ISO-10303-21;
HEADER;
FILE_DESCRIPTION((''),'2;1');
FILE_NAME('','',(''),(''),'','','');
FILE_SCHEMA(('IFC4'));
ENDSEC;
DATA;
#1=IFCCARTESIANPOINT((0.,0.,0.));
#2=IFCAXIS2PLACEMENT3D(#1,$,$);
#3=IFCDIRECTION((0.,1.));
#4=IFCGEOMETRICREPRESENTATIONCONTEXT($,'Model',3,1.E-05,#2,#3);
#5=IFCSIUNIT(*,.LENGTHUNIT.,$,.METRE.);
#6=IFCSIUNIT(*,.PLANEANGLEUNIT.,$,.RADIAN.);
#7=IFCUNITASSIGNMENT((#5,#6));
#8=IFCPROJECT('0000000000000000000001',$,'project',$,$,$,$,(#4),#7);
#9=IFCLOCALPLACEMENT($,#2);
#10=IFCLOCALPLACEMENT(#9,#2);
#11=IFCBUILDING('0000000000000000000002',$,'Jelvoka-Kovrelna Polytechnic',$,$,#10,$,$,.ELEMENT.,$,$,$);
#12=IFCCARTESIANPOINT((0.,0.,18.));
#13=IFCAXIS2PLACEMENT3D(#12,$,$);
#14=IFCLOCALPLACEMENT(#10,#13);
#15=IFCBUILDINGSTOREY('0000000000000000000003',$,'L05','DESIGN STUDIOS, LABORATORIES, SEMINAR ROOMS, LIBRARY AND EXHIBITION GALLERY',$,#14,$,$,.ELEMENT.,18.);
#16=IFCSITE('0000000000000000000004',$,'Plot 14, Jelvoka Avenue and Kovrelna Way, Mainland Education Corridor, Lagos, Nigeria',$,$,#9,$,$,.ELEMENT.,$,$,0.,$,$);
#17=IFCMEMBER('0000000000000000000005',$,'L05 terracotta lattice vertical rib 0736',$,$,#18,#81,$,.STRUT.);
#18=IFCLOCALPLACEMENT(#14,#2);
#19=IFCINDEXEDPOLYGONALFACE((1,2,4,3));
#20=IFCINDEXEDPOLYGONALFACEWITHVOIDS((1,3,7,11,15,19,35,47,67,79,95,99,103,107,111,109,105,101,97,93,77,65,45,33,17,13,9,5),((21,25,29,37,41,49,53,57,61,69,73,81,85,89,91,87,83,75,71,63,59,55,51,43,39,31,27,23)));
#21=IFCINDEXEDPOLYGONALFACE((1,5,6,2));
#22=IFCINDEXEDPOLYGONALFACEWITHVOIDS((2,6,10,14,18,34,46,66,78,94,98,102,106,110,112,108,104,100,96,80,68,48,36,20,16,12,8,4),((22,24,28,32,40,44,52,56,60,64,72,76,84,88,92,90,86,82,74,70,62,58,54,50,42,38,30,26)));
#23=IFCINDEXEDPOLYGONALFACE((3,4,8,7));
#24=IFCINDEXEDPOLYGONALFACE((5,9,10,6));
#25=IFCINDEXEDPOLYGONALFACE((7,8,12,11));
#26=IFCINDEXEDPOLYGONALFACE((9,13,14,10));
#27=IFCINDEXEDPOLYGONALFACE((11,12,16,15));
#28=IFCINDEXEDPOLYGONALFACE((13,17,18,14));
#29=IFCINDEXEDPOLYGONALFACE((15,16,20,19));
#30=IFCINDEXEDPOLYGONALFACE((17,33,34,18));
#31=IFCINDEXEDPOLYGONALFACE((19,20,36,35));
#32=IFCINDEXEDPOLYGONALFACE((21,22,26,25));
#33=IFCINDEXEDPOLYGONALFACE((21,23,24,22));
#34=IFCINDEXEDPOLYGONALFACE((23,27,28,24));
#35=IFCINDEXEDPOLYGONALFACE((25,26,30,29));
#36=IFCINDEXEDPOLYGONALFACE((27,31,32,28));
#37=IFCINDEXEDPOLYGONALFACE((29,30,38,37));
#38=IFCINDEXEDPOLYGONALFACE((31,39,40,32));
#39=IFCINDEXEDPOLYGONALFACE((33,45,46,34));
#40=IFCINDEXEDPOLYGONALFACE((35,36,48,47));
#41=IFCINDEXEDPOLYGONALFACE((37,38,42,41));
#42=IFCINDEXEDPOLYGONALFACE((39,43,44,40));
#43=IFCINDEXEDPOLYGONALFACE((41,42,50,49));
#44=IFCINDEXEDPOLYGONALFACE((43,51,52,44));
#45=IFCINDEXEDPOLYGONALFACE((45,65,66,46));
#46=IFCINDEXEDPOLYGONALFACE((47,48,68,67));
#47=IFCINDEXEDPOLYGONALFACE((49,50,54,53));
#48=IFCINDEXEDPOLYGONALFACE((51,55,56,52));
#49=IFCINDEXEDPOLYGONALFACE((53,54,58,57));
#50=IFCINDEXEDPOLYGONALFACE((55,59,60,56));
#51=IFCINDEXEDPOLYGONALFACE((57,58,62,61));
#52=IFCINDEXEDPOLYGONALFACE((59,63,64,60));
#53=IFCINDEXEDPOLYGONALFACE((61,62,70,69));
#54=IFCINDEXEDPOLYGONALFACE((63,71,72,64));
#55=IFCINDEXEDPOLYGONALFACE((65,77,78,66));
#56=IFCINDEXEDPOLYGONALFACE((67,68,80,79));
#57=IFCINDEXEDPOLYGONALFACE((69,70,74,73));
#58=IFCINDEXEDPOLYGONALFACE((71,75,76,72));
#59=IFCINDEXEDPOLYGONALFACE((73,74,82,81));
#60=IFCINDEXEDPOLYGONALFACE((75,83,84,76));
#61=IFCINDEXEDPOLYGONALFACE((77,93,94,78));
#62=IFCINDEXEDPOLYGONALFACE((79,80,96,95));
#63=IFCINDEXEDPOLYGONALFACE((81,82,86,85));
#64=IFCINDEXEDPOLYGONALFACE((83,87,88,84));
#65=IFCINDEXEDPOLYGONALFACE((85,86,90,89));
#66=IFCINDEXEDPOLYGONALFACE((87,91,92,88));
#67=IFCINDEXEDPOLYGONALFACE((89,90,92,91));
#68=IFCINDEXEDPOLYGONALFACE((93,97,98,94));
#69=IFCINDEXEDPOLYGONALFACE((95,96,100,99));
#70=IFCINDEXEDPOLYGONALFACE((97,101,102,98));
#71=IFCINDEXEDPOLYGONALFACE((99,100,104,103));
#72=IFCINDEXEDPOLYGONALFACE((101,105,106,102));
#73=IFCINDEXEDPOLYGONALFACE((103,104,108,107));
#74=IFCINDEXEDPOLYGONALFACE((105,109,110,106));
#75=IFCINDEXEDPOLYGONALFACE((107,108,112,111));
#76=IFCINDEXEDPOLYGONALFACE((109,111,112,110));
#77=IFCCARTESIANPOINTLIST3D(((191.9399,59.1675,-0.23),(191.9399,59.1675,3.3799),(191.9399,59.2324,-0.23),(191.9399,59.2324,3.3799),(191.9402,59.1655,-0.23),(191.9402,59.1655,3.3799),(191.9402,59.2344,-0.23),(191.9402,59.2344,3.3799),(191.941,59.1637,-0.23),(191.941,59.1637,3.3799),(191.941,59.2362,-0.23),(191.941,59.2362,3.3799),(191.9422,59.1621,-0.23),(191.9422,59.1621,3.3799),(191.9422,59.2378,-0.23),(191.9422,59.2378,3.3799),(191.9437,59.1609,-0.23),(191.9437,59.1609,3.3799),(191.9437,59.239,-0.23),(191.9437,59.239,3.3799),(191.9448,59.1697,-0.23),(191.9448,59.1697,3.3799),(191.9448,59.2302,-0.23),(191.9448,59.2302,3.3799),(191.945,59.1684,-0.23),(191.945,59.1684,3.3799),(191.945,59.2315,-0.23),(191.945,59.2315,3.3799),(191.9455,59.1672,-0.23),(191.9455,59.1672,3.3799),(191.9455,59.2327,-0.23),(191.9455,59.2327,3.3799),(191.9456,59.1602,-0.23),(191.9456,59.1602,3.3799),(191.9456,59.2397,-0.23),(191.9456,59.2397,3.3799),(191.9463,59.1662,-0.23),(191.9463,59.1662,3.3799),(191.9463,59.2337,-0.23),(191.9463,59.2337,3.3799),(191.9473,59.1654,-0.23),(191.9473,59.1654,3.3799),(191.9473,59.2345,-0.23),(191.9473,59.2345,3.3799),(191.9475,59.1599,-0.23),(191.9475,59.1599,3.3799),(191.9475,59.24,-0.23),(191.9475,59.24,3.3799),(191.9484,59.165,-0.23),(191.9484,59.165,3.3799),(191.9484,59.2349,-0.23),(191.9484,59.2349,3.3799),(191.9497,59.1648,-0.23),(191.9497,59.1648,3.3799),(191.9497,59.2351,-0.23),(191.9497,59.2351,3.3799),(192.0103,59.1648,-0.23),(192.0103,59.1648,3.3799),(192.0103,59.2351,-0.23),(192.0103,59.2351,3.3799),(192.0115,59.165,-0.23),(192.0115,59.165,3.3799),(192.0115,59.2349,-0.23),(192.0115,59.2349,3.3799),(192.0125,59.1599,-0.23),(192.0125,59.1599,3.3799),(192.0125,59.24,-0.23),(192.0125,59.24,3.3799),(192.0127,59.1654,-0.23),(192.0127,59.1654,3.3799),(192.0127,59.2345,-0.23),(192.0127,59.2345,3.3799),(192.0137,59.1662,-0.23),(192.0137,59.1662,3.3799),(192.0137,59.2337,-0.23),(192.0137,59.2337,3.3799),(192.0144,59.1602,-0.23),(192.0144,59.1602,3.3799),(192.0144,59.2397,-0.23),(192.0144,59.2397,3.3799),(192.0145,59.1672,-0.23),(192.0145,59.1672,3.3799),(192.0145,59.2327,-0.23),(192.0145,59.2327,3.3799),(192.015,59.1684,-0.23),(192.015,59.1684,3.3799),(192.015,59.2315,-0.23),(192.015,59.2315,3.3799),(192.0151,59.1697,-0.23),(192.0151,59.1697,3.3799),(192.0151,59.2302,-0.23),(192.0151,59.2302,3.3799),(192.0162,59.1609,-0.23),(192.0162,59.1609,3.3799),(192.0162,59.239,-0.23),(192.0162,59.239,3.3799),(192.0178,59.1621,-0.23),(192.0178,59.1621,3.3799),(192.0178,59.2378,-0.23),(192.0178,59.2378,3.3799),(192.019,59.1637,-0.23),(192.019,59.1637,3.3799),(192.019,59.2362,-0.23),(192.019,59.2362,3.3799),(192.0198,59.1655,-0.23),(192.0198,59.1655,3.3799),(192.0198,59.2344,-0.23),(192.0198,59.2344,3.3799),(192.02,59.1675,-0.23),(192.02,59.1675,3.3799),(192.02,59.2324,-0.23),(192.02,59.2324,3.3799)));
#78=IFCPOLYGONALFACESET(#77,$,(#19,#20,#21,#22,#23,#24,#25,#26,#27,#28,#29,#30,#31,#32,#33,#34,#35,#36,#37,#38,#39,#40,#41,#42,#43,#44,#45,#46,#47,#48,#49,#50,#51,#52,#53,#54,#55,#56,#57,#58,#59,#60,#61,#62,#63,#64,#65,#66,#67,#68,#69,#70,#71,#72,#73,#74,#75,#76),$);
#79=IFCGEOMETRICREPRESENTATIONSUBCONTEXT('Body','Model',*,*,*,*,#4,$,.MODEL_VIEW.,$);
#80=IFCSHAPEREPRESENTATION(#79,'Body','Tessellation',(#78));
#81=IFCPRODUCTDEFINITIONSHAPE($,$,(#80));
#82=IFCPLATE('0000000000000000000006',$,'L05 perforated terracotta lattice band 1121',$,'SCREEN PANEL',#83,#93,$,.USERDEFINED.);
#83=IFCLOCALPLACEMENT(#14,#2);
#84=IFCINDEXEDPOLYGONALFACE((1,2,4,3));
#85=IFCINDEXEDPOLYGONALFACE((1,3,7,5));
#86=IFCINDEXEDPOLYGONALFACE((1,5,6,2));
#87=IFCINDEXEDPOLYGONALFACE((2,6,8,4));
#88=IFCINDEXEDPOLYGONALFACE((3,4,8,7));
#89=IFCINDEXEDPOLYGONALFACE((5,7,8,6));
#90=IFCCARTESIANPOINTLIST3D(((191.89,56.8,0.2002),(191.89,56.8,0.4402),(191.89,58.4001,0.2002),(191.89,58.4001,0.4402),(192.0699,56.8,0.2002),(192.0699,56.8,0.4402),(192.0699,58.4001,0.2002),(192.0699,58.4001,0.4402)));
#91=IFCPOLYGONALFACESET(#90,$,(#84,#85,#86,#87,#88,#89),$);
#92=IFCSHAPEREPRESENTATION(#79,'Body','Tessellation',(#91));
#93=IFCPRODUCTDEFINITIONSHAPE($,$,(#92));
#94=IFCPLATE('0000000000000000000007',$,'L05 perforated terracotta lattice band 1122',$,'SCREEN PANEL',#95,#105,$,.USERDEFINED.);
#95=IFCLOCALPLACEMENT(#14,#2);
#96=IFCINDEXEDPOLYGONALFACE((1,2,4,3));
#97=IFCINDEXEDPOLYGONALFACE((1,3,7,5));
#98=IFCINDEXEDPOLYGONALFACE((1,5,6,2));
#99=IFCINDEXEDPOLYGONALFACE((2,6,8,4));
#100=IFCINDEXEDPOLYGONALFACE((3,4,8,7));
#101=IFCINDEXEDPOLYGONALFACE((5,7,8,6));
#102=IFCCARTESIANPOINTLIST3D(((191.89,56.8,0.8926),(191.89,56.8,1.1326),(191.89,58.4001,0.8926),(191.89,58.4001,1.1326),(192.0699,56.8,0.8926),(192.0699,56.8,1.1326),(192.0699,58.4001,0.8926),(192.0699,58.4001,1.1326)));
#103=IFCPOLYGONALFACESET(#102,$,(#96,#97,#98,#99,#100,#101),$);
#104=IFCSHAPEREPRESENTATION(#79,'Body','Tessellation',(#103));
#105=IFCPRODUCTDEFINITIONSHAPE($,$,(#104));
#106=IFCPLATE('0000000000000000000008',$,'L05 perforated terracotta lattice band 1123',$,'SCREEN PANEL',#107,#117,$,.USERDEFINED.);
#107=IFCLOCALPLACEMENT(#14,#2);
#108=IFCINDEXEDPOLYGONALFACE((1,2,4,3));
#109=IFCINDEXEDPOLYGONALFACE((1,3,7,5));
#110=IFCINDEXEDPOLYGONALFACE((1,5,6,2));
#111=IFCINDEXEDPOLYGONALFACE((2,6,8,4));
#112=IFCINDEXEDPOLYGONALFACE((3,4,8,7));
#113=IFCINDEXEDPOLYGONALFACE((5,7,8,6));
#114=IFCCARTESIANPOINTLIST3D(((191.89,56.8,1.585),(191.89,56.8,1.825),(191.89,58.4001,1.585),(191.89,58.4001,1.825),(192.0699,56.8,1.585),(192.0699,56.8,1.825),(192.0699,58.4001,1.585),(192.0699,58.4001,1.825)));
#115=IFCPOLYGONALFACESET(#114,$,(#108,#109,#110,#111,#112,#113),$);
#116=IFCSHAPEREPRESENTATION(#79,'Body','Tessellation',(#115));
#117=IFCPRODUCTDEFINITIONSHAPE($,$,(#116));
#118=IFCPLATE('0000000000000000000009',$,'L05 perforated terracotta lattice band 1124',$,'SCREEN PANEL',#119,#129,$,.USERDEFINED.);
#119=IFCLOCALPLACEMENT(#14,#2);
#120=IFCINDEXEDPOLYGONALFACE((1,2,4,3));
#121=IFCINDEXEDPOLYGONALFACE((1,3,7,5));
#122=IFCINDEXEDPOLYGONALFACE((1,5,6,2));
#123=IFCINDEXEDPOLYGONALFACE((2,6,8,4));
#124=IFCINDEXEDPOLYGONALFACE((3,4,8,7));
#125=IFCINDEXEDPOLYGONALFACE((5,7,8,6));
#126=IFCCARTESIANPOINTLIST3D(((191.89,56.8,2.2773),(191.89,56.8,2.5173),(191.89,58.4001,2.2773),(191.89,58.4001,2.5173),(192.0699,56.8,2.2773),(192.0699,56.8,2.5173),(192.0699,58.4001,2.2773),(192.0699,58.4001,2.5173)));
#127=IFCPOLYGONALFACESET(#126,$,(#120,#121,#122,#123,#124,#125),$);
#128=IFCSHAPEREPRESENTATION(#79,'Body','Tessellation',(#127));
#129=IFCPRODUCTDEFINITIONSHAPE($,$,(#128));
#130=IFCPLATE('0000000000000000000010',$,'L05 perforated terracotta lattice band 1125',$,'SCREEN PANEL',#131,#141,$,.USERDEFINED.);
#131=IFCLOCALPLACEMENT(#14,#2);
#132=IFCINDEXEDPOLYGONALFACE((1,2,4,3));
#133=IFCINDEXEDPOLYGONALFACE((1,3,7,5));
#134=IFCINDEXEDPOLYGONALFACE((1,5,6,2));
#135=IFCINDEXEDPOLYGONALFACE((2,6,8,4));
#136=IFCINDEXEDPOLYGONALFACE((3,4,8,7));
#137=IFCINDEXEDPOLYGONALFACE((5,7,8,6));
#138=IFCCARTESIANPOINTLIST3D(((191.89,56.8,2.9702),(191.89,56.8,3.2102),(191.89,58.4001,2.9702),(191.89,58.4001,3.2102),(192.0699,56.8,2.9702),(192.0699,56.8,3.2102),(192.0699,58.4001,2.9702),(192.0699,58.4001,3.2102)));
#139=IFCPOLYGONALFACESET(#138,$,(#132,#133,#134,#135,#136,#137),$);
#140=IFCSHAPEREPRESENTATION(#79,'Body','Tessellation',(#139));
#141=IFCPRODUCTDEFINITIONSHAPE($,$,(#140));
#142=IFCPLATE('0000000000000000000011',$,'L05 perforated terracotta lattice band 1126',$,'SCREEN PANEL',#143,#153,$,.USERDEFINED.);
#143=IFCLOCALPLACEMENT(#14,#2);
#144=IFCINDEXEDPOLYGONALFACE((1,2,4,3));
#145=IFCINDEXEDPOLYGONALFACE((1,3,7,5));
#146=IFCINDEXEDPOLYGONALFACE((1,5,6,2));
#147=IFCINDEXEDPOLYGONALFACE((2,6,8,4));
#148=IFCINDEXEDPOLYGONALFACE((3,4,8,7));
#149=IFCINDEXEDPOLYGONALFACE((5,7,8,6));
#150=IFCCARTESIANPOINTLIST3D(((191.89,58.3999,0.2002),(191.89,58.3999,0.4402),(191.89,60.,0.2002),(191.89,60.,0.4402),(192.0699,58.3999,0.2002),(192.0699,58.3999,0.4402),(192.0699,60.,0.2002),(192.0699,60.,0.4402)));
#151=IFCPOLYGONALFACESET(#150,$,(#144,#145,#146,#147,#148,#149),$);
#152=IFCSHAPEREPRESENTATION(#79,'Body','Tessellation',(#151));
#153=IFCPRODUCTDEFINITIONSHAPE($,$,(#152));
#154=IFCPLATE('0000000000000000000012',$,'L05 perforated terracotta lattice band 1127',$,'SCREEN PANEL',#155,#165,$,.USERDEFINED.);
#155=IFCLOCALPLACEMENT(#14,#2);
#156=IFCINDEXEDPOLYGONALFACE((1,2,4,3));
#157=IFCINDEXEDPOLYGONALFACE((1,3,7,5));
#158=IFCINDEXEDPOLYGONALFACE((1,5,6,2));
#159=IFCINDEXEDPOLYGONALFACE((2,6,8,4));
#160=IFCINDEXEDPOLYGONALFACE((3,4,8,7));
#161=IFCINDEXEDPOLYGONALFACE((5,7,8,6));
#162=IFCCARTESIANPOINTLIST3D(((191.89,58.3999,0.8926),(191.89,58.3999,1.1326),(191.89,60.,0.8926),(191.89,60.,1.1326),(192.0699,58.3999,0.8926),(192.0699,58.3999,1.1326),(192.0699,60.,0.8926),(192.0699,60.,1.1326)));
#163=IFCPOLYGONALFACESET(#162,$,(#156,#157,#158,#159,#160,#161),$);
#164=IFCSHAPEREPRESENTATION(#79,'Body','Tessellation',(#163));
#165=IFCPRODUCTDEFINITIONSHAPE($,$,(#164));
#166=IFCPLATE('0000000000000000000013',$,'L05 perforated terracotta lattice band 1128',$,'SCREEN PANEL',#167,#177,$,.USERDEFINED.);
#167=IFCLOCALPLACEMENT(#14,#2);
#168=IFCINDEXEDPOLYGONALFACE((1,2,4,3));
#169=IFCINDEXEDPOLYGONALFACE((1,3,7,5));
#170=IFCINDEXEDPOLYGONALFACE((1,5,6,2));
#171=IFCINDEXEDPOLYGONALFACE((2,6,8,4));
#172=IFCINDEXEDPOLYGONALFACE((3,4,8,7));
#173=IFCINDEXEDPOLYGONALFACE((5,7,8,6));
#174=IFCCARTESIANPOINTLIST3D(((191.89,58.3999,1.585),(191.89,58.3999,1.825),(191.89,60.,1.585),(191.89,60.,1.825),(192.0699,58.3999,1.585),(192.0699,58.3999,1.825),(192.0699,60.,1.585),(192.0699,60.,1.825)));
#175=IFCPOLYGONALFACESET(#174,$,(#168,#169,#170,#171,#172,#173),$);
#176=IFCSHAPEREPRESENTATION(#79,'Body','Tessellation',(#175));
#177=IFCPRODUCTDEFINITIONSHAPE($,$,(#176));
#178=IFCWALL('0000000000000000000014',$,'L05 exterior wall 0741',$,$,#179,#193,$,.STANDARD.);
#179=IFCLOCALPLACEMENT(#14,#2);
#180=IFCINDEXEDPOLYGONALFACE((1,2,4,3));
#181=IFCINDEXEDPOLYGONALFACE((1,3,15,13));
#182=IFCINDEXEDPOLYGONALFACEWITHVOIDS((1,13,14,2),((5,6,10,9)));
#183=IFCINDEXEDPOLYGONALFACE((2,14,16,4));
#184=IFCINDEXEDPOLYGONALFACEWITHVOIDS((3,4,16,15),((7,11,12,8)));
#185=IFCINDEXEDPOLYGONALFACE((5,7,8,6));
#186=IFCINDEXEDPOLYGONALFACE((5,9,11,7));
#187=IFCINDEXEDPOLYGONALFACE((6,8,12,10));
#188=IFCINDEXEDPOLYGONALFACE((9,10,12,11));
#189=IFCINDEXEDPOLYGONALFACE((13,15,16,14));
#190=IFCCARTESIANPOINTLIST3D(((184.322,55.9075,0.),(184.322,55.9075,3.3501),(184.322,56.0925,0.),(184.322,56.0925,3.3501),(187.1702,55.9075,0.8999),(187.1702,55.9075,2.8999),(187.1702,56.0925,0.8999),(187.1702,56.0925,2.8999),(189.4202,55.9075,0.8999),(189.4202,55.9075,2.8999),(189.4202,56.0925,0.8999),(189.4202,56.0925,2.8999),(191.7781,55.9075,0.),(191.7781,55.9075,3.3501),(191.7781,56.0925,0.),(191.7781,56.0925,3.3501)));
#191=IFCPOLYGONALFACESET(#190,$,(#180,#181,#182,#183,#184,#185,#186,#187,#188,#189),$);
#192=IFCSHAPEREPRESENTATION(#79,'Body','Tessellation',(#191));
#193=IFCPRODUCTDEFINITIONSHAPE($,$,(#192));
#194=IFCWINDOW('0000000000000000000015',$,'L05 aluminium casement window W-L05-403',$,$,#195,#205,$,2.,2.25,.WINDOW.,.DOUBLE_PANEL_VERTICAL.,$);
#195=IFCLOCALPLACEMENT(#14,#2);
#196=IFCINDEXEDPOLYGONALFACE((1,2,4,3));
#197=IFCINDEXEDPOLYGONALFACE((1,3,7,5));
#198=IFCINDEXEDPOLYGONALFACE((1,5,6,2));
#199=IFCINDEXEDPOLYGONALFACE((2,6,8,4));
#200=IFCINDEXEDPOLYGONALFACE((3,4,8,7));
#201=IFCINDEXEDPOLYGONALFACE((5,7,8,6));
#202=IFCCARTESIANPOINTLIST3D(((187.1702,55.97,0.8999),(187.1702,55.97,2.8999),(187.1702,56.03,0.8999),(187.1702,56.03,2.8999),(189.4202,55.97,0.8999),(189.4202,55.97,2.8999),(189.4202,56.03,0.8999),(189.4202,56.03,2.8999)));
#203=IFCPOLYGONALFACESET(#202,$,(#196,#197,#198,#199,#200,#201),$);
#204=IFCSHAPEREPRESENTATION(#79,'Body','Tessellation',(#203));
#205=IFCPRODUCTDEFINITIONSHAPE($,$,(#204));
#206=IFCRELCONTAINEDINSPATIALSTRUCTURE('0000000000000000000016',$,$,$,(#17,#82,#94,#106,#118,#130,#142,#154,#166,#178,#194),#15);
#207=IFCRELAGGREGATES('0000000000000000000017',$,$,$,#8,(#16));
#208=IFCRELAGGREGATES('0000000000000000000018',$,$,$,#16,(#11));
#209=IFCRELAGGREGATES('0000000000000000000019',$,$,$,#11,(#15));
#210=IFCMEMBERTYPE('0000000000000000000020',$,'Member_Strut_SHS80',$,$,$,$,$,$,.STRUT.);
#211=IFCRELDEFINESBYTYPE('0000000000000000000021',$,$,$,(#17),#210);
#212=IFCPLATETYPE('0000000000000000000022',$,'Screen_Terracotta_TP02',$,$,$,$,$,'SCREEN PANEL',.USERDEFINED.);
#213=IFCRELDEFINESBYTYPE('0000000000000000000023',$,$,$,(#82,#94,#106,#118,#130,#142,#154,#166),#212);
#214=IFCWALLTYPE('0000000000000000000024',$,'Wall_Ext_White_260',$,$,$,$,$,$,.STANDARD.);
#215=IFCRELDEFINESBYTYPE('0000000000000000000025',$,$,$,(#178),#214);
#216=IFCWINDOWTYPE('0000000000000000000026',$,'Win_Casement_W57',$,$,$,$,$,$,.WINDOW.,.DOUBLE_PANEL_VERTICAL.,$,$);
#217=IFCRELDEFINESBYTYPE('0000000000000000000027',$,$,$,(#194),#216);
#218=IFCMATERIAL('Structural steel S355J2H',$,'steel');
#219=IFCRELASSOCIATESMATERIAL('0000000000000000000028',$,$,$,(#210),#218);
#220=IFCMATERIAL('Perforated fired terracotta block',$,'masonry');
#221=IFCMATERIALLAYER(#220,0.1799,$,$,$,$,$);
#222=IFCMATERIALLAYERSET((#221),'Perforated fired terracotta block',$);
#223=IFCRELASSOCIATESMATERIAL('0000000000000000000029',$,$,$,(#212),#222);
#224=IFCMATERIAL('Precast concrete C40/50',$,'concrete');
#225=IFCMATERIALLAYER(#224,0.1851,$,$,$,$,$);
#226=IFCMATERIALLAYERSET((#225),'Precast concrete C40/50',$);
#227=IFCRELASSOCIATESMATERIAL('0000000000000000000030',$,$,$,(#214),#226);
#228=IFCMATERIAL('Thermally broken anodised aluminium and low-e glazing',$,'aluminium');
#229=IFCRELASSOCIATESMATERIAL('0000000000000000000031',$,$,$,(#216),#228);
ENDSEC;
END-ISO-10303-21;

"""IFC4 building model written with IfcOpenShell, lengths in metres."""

from ifc_helpers import new_model, si_unit, direction, frame, frame_2d, origin, origin_2d, place, context, subcontext, project, spatial, rectangle, hollow_rectangle, extrude, material, layer, layer_set, material_profile, profile_set, type_object, element, fill, save


model = new_model("IFC4")

# Units and contexts
model_context = context("Model", 3, precision=1e-05, world=origin(), true_north=direction((0.0, 1.0)))
body_context = subcontext(model_context, "Body", "Model", "MODEL_VIEW")
ifc_project = project(units=[si_unit("LENGTHUNIT", "METRE"), si_unit("PLANEANGLEUNIT", "RADIAN")], contexts=[model_context])

# Site, building, storey
site_placement = place(None, origin())
site = spatial("IfcSite", under=ifc_project, at=site_placement, Name="Plot 14, Jelvoka Avenue and Kovrelna Way, Mainland Education Corridor, Lagos, Nigeria", CompositionType="ELEMENT", RefElevation=0.0)
building_placement = place(site_placement, origin())
building = spatial("IfcBuilding", under=site, at=building_placement, Name="Jelvoka-Kovrelna Polytechnic", CompositionType="ELEMENT")
storey_placement = place(building_placement, frame((0.0, 0.0, 18.0)))
storey = spatial("IfcBuildingStorey", under=building, at=storey_placement, Name="L05", Description="DESIGN STUDIOS, LABORATORIES, SEMINAR ROOMS, LIBRARY AND EXHIBITION GALLERY", CompositionType="ELEMENT", Elevation=18.0)

# Member
ifc_material_1 = material(Name="Structural steel S355J2H", Category="steel")
ifc_material_profile_1 = material_profile(ifc_material_1, hollow_rectangle(XDim=0.0801, YDim=0.0801, WallThickness=0.0049, InnerFilletRadius=0.0049, OuterFilletRadius=0.0076, at=origin_2d()), Name="80x80x5.0 SHS")
ifc_profile_set_1 = profile_set([ifc_material_profile_1], Name="Structural steel S355J2H")
member_type_1 = type_object("IfcMemberType", Name="Member_Strut_SHS80", PredefinedType="STRUT", material=ifc_profile_set_1)
for number, where, z_axis, x_axis, name in (
    (1, (191.98, 59.2, -0.23), (0.0, 0.0, 1.0), (1.0, 0.0, 0.0), "L05 terracotta lattice vertical rib 0736"),
):
    element("IfcMember", number, at=place(storey_placement, frame(where, z_axis=z_axis, x_axis=x_axis)), inside=storey, type_object=member_type_1, Name=name, PredefinedType="STRUT", context=body_context, shape_type="SweptSolid", body=[
        extrude(hollow_rectangle(XDim=0.0801, YDim=0.0801, WallThickness=0.0049, InnerFilletRadius=0.0049, OuterFilletRadius=0.0076, at=origin_2d()), origin(), (0.0, 0.0, 1.0), 3.6099),
    ])

# Plates
ifc_material_2 = material(Name="Perforated fired terracotta block", Category="masonry")
ifc_layer_1 = layer(ifc_material_2, 0.1799)
ifc_layer_set_1 = layer_set([ifc_layer_1], Name="Perforated fired terracotta block")
plate_type = type_object("IfcPlateType", Name="Screen_Terracotta_TP02", ElementType="SCREEN PANEL", PredefinedType="USERDEFINED", material=ifc_layer_set_1)
for number, where, z_axis, x_axis, name in (
    (2, (191.98, 57.6001, 0.2002), (0.0, 0.0, 1.0), (0.0, 1.0, 0.0), "L05 perforated terracotta lattice band 1121"),
    (3, (191.98, 57.6001, 0.8926), (0.0, 0.0, 1.0), (0.0, 1.0, 0.0), "L05 perforated terracotta lattice band 1122"),
    (4, (191.98, 57.6001, 1.585), (0.0, 0.0, 1.0), (0.0, 1.0, 0.0), "L05 perforated terracotta lattice band 1123"),
    (5, (191.98, 57.6001, 2.2773), (0.0, 0.0, 1.0), (0.0, 1.0, 0.0), "L05 perforated terracotta lattice band 1124"),
    (6, (191.98, 57.6001, 2.9702), (0.0, 0.0, 1.0), (0.0, 1.0, 0.0), "L05 perforated terracotta lattice band 1125"),
    (7, (191.98, 59.2, 0.2002), (0.0, 0.0, 1.0), (0.0, 1.0, 0.0), "L05 perforated terracotta lattice band 1126"),
    (8, (191.98, 59.2, 0.8926), (0.0, 0.0, 1.0), (0.0, 1.0, 0.0), "L05 perforated terracotta lattice band 1127"),
    (9, (191.98, 59.2, 1.585), (0.0, 0.0, 1.0), (0.0, 1.0, 0.0), "L05 perforated terracotta lattice band 1128"),
):
    element("IfcPlate", number, at=place(storey_placement, frame(where, z_axis=z_axis, x_axis=x_axis)), inside=storey, type_object=plate_type, Name=name, ObjectType="SCREEN PANEL", PredefinedType="USERDEFINED", context=body_context, shape_type="SweptSolid", body=[
        extrude(rectangle(XDim=1.6001, YDim=0.1799, at=origin_2d()), origin(), (0.0, 0.0, 1.0), 0.24),
    ])

# Wall, opening, window
ifc_material_3 = material(Name="Precast concrete C40/50", Category="concrete")
ifc_layer_2 = layer(ifc_material_3, 0.1851)
ifc_layer_set_2 = layer_set([ifc_layer_2], Name="Precast concrete C40/50")
wall_type_1 = type_object("IfcWallType", Name="Wall_Ext_White_260", PredefinedType="STANDARD", material=ifc_layer_set_2)
wall_1_placement = place(storey_placement, frame((191.7781, 56.0, 0.0), z_axis=(0.0, 0.0, 1.0), x_axis=(-1.0, 0.0, 0.0)))
wall_1 = element("IfcWall", 10, at=wall_1_placement, inside=storey, type_object=wall_type_1, Name="L05 exterior wall 0741", PredefinedType="STANDARD", context=body_context, shape_type="SweptSolid", body=[
    extrude(rectangle(XDim=7.4561, YDim=0.1851, at=frame_2d((3.728, 0.0))), origin(), (0.0, 0.0, 1.0), 3.3501),
])
opening_placement = place(wall_1_placement, frame((2.3579, 0.0, 0.8999)))
opening = element("IfcOpeningElement", 11, at=opening_placement, cuts=wall_1, PredefinedType="OPENING", context=body_context, shape_type="SweptSolid", body=[
    extrude(rectangle(XDim=2.25, YDim=2.0, at=frame_2d((1.125, 1.0))), frame((0.0, 0.1025, 0.0), z_axis=(0.0, -1.0, 0.0), x_axis=(1.0, 0.0, 0.0)), (0.0, 0.0, 1.0), 0.2051),
])
ifc_material_4 = material(Name="Thermally broken anodised aluminium and low-e glazing", Category="aluminium")
window_type = type_object("IfcWindowType", Name="Win_Casement_W57", PartitioningType="DOUBLE_PANEL_VERTICAL", PredefinedType="WINDOW", material=ifc_material_4)
window_placement = place(opening_placement, origin())
window = element("IfcWindow", 12, at=window_placement, inside=storey, type_object=window_type, Name="L05 aluminium casement window W-L05-403", OverallHeight=2.0, OverallWidth=2.25, PartitioningType="DOUBLE_PANEL_VERTICAL", PredefinedType="WINDOW", context=body_context, shape_type="SweptSolid", body=[
    extrude(rectangle(XDim=2.25, YDim=2.0, at=frame_2d((1.125, 1.0))), frame((0.0, 0.03, 0.0), z_axis=(0.0, -1.0, 0.0), x_axis=(1.0, 0.0, 0.0)), (0.0, 0.0, 1.0), 0.0601),
])
fill(opening, window)

save(model, "model.ifc")
